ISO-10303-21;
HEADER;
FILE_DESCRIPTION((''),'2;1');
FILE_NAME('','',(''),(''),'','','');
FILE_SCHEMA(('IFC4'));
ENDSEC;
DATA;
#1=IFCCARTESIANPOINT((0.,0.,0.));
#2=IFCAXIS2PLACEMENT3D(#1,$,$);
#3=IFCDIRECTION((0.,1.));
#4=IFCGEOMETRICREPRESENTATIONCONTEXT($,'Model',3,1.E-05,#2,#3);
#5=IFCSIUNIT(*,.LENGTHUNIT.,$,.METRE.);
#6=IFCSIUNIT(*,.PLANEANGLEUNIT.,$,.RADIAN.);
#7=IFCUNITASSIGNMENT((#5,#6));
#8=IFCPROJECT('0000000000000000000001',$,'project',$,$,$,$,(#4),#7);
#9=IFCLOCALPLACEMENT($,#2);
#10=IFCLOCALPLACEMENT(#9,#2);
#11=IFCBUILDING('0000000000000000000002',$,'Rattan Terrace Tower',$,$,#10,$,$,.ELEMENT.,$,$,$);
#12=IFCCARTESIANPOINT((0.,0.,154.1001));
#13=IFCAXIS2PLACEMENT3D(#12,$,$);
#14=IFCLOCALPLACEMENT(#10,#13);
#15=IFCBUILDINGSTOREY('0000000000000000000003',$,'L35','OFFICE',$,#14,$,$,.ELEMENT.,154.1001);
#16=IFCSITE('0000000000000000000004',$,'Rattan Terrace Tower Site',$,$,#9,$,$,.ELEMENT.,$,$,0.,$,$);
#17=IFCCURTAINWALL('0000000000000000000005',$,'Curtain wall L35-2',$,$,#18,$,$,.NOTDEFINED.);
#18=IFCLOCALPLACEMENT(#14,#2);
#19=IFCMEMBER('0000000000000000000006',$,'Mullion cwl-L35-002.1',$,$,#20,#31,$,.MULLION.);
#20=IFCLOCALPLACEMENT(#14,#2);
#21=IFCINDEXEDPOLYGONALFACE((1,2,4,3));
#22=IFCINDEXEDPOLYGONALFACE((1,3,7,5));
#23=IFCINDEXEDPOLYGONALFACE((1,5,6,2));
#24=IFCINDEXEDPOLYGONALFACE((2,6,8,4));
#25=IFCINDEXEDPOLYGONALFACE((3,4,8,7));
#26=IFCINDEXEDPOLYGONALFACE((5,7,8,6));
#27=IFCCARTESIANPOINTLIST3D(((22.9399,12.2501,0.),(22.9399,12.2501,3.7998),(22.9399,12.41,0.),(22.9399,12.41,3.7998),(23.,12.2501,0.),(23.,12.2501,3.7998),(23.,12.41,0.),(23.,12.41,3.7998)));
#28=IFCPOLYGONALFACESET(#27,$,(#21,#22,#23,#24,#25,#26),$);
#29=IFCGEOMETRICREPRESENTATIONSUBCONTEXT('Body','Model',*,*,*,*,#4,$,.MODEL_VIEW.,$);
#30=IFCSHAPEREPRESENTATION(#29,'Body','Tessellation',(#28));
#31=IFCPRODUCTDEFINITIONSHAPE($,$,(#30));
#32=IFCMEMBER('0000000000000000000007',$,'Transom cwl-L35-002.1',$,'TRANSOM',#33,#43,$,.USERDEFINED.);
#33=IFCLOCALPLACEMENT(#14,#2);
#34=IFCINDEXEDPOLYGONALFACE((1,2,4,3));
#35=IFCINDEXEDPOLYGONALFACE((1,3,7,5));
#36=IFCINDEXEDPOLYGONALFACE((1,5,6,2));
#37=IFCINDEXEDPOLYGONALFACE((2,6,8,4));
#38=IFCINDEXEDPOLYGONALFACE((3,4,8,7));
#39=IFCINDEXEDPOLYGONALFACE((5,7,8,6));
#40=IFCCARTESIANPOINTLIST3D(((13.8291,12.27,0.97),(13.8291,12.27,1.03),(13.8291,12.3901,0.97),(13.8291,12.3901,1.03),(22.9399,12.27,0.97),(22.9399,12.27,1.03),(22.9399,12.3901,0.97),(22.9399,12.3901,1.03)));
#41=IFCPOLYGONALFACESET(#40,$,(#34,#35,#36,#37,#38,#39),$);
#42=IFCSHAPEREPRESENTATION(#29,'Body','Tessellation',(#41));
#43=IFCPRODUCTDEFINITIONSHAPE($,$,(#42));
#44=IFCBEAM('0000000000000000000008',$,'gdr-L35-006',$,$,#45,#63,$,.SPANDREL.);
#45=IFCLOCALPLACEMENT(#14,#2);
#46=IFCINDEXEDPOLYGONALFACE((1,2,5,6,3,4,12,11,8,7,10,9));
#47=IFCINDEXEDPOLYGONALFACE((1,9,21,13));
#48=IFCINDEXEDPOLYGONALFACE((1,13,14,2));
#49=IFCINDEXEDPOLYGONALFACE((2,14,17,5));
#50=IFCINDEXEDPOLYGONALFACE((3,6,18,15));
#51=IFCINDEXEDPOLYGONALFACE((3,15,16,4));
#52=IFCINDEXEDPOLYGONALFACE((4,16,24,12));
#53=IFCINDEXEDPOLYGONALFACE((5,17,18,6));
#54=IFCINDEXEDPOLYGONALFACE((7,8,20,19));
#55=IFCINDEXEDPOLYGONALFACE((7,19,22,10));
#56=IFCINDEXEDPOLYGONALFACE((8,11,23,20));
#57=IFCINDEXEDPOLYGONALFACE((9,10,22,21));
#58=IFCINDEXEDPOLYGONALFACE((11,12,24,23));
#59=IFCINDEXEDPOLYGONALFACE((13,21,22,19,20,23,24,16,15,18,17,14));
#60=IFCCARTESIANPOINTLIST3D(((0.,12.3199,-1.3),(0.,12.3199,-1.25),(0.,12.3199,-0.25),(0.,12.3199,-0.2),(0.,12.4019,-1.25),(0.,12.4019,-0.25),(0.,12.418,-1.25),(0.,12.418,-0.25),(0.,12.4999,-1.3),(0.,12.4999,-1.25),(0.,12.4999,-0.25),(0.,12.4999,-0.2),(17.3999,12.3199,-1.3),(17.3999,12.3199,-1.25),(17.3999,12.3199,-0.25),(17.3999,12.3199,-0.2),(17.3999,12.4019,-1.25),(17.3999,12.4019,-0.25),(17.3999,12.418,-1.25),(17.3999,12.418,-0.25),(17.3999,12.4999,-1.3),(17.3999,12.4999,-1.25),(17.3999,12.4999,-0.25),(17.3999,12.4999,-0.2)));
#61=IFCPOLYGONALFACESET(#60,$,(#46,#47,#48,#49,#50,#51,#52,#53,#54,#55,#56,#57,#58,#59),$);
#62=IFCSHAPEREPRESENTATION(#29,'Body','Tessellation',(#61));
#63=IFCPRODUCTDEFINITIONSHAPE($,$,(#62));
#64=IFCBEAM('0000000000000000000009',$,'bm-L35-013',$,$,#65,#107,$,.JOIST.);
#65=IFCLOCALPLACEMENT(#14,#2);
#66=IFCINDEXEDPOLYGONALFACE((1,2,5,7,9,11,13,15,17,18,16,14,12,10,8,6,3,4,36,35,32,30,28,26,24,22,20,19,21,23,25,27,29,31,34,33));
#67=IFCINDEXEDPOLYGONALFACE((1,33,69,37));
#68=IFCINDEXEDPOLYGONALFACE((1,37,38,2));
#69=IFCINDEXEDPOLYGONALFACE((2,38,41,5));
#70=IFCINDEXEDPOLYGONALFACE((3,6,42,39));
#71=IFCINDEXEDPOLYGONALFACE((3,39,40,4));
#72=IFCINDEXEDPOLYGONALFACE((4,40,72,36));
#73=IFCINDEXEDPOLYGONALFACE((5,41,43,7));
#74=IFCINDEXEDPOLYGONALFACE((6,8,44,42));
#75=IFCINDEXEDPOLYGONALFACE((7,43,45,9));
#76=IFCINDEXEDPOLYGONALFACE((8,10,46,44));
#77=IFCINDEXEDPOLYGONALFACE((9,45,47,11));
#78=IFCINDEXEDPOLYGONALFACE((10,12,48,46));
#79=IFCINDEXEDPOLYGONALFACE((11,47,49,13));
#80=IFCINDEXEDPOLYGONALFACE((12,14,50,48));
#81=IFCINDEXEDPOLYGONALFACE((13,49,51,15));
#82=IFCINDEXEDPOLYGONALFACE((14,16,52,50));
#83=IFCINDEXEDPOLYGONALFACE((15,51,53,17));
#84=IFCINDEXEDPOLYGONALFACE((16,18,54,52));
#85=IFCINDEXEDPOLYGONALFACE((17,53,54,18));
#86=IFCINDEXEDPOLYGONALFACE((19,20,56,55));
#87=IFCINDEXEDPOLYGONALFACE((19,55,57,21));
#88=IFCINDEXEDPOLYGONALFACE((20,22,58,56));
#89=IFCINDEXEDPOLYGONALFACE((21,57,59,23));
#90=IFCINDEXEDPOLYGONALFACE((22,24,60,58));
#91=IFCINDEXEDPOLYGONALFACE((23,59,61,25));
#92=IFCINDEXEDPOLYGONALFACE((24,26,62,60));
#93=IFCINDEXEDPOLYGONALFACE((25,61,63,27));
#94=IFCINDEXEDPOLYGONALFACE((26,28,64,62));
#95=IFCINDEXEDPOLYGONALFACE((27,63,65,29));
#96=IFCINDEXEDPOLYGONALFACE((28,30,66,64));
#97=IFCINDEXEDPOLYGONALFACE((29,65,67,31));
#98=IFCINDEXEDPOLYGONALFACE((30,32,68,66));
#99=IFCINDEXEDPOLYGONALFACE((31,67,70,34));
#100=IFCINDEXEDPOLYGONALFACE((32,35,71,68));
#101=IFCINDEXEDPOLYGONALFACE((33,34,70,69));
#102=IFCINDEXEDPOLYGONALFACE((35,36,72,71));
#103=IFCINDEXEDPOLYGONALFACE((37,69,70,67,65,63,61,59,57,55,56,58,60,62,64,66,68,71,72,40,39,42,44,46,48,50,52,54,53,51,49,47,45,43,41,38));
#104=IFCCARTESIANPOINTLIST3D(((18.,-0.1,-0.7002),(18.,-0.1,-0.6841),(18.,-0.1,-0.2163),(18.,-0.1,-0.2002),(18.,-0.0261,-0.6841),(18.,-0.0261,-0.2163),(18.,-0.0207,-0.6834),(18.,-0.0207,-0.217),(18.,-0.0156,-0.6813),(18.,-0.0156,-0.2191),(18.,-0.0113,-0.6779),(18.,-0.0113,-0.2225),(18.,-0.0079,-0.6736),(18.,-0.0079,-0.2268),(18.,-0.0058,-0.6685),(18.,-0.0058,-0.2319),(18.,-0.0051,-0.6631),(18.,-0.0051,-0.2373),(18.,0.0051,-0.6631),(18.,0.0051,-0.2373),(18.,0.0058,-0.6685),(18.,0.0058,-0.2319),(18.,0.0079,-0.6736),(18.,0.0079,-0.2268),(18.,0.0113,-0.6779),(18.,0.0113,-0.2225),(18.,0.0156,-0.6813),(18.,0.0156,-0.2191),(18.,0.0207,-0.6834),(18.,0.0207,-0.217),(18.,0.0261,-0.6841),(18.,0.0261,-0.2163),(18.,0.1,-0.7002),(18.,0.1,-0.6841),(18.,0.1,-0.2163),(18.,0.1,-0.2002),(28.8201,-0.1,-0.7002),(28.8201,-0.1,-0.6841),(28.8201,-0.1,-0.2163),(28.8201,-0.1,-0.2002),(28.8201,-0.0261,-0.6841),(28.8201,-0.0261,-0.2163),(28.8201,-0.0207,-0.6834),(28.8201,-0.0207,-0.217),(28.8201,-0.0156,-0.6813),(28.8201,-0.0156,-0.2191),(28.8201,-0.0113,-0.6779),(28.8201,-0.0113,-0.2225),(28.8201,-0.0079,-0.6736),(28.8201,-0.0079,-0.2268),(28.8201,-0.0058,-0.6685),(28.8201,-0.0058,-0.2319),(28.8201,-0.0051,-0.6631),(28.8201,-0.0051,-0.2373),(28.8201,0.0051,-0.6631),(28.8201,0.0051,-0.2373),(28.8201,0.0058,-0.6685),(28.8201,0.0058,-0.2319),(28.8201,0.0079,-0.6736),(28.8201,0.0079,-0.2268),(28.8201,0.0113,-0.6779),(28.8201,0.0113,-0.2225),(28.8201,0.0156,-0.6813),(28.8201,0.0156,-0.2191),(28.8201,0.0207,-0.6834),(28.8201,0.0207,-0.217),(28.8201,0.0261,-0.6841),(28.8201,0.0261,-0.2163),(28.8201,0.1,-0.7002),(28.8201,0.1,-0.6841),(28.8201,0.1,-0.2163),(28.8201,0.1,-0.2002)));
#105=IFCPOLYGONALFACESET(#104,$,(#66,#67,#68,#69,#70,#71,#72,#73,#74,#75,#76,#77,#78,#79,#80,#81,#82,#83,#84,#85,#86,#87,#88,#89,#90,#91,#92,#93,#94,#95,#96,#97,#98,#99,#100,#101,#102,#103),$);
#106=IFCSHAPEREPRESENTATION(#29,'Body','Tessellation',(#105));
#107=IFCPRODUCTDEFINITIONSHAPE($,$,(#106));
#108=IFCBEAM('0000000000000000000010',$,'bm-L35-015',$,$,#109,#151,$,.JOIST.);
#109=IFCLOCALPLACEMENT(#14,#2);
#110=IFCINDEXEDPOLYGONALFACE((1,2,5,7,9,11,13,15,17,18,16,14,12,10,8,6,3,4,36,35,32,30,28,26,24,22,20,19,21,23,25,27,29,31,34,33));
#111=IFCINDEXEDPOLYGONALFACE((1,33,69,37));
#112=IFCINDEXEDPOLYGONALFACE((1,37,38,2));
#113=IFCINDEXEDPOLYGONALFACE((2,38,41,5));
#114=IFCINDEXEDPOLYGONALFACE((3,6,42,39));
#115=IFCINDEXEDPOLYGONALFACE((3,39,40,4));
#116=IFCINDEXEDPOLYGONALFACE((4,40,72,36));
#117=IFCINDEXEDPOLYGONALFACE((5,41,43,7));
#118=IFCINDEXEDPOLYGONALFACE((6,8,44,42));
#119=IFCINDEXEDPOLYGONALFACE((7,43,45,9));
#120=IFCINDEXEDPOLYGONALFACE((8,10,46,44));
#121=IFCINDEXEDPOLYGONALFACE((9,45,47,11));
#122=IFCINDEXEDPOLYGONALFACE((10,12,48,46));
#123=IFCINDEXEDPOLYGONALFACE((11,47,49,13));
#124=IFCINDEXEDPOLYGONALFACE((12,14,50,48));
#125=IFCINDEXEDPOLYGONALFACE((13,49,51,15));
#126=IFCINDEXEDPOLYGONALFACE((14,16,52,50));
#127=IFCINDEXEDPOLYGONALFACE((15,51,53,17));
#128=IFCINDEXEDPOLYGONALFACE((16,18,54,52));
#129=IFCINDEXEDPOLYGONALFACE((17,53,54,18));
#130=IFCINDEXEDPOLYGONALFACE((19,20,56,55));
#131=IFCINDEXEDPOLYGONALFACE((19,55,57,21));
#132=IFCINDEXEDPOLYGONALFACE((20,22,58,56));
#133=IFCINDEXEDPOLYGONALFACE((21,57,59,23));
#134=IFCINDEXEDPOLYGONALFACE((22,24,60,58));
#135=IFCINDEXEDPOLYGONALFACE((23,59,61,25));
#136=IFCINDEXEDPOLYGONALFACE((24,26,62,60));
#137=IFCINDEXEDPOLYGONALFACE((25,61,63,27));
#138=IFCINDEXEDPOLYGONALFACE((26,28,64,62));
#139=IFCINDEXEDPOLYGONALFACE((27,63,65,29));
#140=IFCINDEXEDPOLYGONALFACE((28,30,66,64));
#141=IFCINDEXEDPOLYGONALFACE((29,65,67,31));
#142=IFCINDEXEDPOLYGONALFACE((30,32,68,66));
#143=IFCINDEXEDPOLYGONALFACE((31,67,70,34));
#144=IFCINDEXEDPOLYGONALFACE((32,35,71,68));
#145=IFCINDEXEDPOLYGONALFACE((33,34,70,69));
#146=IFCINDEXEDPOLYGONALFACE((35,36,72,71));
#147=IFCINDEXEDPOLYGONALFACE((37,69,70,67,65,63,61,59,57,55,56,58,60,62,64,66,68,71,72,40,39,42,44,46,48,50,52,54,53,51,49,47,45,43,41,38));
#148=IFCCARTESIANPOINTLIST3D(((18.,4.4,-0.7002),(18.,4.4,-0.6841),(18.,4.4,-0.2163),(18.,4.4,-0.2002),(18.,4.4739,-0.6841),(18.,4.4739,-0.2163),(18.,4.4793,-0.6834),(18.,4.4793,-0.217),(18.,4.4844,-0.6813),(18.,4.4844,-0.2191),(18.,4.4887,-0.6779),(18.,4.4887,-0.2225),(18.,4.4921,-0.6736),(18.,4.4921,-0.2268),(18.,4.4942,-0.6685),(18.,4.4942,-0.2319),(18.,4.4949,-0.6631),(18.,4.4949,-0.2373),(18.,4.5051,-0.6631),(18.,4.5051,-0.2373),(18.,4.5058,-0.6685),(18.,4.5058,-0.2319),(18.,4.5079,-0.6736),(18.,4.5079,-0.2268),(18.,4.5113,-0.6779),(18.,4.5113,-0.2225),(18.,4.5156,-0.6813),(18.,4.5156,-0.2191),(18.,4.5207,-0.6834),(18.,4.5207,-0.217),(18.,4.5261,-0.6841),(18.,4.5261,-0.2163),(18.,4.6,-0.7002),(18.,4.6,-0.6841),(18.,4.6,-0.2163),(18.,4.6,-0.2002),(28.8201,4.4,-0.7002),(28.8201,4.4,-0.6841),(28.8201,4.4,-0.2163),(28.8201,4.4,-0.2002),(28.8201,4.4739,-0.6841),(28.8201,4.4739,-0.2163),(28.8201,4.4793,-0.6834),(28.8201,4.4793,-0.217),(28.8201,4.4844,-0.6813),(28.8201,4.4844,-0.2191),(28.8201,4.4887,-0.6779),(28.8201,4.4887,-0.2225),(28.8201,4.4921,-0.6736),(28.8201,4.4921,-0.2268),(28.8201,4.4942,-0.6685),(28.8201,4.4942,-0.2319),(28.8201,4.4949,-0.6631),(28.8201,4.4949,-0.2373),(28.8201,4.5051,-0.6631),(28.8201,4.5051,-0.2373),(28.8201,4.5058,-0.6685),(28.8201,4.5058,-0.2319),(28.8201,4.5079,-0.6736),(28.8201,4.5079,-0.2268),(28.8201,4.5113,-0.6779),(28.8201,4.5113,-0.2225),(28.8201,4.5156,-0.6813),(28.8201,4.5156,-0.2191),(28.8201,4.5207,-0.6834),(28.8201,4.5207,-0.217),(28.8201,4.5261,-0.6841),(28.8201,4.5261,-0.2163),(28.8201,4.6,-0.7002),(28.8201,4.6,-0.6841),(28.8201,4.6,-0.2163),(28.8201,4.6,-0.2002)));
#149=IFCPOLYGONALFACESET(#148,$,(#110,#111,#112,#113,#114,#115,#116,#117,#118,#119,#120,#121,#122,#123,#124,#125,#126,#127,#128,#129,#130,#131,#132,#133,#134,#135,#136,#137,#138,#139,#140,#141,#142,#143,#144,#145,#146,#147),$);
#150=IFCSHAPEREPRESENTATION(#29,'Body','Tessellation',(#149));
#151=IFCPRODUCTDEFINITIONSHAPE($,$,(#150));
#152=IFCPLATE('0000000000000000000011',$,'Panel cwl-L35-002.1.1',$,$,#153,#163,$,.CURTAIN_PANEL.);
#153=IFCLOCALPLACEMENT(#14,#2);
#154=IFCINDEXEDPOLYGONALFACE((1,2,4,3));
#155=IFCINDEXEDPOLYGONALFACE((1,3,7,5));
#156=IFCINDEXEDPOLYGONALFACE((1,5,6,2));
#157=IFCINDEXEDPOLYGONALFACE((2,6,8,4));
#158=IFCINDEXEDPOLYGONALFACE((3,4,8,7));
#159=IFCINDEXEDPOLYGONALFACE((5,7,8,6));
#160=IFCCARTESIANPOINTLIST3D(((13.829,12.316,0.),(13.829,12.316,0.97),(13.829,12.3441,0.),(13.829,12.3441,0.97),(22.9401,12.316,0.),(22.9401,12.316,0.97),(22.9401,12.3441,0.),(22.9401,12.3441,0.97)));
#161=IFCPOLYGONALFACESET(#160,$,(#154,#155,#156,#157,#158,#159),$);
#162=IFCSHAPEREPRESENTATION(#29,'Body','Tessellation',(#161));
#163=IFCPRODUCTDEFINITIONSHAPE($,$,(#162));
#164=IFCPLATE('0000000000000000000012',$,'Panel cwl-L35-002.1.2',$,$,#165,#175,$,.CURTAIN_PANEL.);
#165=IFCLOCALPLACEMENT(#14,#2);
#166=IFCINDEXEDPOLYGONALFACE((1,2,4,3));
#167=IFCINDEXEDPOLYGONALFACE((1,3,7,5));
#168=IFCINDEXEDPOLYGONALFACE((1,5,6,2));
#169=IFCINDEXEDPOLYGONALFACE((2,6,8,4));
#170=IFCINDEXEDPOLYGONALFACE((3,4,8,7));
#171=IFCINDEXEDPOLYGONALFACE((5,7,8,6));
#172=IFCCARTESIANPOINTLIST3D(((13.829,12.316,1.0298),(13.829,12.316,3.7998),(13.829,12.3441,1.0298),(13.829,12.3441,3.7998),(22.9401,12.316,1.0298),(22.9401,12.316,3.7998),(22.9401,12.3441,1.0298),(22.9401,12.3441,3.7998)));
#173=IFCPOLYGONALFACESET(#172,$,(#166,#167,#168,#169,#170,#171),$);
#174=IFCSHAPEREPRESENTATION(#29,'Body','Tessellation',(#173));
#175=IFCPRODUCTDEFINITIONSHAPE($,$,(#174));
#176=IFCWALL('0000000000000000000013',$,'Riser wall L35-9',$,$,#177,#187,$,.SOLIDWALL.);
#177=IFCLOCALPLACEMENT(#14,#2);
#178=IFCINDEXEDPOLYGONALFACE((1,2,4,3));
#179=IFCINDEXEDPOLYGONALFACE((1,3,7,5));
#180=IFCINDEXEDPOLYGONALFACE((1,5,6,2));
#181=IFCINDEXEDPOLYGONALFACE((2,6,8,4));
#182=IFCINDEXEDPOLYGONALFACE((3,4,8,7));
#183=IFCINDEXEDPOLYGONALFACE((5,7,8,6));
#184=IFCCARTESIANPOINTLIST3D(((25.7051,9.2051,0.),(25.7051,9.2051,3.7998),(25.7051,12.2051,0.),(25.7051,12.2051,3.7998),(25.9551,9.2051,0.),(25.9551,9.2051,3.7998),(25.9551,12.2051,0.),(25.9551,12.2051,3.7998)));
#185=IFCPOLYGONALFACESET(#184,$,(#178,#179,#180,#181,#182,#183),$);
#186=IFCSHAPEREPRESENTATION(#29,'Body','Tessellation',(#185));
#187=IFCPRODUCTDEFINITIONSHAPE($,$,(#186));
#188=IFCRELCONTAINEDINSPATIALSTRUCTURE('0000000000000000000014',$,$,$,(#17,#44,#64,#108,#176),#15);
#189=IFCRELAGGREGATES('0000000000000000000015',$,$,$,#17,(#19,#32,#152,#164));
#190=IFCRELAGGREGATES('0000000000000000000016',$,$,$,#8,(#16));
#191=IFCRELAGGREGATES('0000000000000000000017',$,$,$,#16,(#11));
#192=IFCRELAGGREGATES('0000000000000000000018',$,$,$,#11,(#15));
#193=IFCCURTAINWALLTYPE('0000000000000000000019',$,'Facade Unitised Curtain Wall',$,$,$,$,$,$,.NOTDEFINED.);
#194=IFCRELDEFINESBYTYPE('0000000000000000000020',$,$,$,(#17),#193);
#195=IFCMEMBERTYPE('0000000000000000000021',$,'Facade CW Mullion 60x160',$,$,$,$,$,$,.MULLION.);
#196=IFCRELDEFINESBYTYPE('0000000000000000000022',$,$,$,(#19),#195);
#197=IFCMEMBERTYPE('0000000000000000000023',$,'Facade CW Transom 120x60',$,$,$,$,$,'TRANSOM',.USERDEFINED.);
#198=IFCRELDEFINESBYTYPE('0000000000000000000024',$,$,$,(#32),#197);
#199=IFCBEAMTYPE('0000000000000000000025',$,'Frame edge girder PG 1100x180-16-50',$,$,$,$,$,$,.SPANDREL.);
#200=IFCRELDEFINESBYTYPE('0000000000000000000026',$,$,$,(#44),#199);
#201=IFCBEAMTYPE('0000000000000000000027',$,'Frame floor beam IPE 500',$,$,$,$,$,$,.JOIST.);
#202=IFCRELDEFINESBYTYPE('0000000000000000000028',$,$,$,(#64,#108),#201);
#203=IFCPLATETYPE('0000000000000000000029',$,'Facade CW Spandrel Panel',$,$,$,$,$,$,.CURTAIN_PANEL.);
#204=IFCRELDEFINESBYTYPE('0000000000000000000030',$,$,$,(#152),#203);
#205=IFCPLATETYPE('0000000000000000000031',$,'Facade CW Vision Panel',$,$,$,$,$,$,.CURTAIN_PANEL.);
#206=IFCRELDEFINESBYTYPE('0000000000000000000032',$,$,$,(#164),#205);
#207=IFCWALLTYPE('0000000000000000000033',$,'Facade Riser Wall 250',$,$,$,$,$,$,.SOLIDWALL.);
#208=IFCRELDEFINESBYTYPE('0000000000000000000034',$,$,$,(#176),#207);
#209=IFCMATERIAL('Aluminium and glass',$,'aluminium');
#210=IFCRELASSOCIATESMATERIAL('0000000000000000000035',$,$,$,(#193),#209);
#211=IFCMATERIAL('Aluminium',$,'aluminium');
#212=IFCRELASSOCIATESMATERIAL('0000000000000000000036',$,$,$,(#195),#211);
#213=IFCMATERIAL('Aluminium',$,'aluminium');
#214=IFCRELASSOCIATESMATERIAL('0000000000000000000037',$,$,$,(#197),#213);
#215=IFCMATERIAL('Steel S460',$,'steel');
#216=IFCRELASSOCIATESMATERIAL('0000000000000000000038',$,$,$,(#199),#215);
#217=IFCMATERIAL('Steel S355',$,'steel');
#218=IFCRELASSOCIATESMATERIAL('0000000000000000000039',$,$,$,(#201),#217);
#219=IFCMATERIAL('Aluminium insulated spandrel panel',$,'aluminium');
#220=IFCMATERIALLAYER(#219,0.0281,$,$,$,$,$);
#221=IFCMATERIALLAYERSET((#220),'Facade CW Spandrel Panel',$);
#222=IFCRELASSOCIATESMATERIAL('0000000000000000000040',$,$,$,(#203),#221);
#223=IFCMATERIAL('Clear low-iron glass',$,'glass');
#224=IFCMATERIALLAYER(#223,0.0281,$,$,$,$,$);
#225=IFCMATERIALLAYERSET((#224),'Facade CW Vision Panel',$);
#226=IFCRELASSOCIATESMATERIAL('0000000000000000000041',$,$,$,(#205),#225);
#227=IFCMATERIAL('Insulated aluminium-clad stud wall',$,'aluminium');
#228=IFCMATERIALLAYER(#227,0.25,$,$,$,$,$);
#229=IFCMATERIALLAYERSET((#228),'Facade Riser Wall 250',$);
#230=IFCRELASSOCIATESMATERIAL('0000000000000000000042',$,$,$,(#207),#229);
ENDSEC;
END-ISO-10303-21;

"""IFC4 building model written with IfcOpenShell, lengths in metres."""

from ifc_helpers import new_model, si_unit, direction, frame, frame_2d, origin, origin_2d, place, context, subcontext, project, spatial, rectangle, i_section, extrude, material, layer, layer_set, material_profile, profile_set, type_object, element, aggregate, save


model = new_model("IFC4")

# Units and contexts
model_context = context("Model", 3, precision=1e-05, world=origin(), true_north=direction((0.0, 1.0)))
body_context = subcontext(model_context, "Body", "Model", "MODEL_VIEW")
ifc_project = project(units=[si_unit("LENGTHUNIT", "METRE"), si_unit("PLANEANGLEUNIT", "RADIAN")], contexts=[model_context])

# Site, building, storey
site_placement = place(None, origin())
site = spatial("IfcSite", under=ifc_project, at=site_placement, Name="Rattan Terrace Tower Site", CompositionType="ELEMENT", RefElevation=0.0)
building_placement = place(site_placement, origin())
building = spatial("IfcBuilding", under=site, at=building_placement, Name="Rattan Terrace Tower", CompositionType="ELEMENT")
storey_placement = place(building_placement, frame((0.0, 0.0, 154.1001)))
storey = spatial("IfcBuildingStorey", under=building, at=storey_placement, Name="L35", Description="OFFICE", CompositionType="ELEMENT", Elevation=154.1001)

# Curtain wall, members
ifc_material_1 = material(Name="Aluminium and glass", Category="aluminium")
curtain_wall_type = type_object("IfcCurtainWallType", Name="Facade Unitised Curtain Wall", PredefinedType="NOTDEFINED", material=ifc_material_1)
curtain_wall_placement = place(storey_placement, origin())
curtain_wall = element("IfcCurtainWall", 1, at=curtain_wall_placement, inside=storey, type_object=curtain_wall_type, Name="Curtain wall L35-2", PredefinedType="NOTDEFINED")
ifc_material_2 = material(Name="Aluminium", Category="aluminium")
ifc_material_profile_1 = material_profile(ifc_material_2, rectangle(XDim=0.0601, YDim=0.1599, at=origin_2d()), Name="Aluminium 60x160")
ifc_profile_set_1 = profile_set([ifc_material_profile_1], Name="Aluminium")
member_type_1 = type_object("IfcMemberType", Name="Facade CW Mullion 60x160", PredefinedType="MULLION", material=ifc_profile_set_1)
member_1_placement = place(storey_placement, frame((22.97, 12.3301, 0.0), z_axis=(0.0, 0.0, 1.0), x_axis=(-1.0, 0.0, 0.0)))
member_1 = element("IfcMember", 2, at=member_1_placement, type_object=member_type_1, Name="Mullion cwl-L35-002.1", PredefinedType="MULLION", context=body_context, shape_type="SweptSolid", body=[
    extrude(rectangle(XDim=0.0601, YDim=0.1599, at=origin_2d()), origin(), (0.0, 0.0, 1.0), 3.7998),
])
ifc_material_3 = material(Name="Aluminium", Category="aluminium")
ifc_material_profile_2 = material_profile(ifc_material_3, rectangle(XDim=0.1201, YDim=0.0601, at=origin_2d()), Name="Aluminium 120x60")
ifc_profile_set_2 = profile_set([ifc_material_profile_2], Name="Aluminium")
member_type_2 = type_object("IfcMemberType", Name="Facade CW Transom 120x60", ElementType="TRANSOM", PredefinedType="USERDEFINED", material=ifc_profile_set_2)
member_2_placement = place(storey_placement, frame((22.9399, 12.3301, 1.0), z_axis=(-1.0, 0.0, 0.0), x_axis=(0.0, -1.0, 0.0)))
member_2 = element("IfcMember", 3, at=member_2_placement, type_object=member_type_2, Name="Transom cwl-L35-002.1", ObjectType="TRANSOM", PredefinedType="USERDEFINED", context=body_context, shape_type="SweptSolid", body=[
    extrude(rectangle(XDim=0.1201, YDim=0.0601, at=origin_2d()), origin(), (0.0, 0.0, 1.0), 9.1108),
])

# Beams
ifc_material_4 = material(Name="Steel S460", Category="steel")
ifc_material_profile_3 = material_profile(ifc_material_4, i_section(OverallWidth=0.1799, OverallDepth=1.1001, WebThickness=0.0161, FlangeThickness=0.05, at=origin_2d()), Name="PG 1100x180-16-50")
ifc_profile_set_3 = profile_set([ifc_material_profile_3], Name="Steel S460")
beam_type_1 = type_object("IfcBeamType", Name="Frame edge girder PG 1100x180-16-50", PredefinedType="SPANDREL", material=ifc_profile_set_3)
beam_placement = place(storey_placement, frame((17.3999, 12.4099, -0.75), z_axis=(-1.0, 0.0, 0.0), x_axis=(0.0, -1.0, 0.0)))
element("IfcBeam", 4, at=beam_placement, inside=storey, type_object=beam_type_1, Name="gdr-L35-006", PredefinedType="SPANDREL", context=body_context, shape_type="SweptSolid", body=[
    extrude(i_section(OverallWidth=0.1799, OverallDepth=1.1001, WebThickness=0.0161, FlangeThickness=0.05, at=origin_2d()), origin(), (0.0, 0.0, 1.0), 17.3999),
])
ifc_material_5 = material(Name="Steel S355", Category="steel")
ifc_material_profile_4 = material_profile(ifc_material_5, i_section(OverallWidth=0.2, OverallDepth=0.5, WebThickness=0.0103, FlangeThickness=0.0161, FilletRadius=0.021, at=origin_2d()), Name="IPE 500")
ifc_profile_set_4 = profile_set([ifc_material_profile_4], Name="Steel S355")
beam_type_2 = type_object("IfcBeamType", Name="Frame floor beam IPE 500", PredefinedType="JOIST", material=ifc_profile_set_4)
for number, where, z_axis, x_axis, name in (
    (5, (18.0, 0.0, -0.4502), (1.0, 0.0, 0.0), (0.0, 1.0, 0.0), "bm-L35-013"),
    (6, (18.0, 4.5, -0.4502), (1.0, 0.0, 0.0), (0.0, 1.0, 0.0), "bm-L35-015"),
):
    element("IfcBeam", number, at=place(storey_placement, frame(where, z_axis=z_axis, x_axis=x_axis)), inside=storey, type_object=beam_type_2, Name=name, PredefinedType="JOIST", context=body_context, shape_type="SweptSolid", body=[
        extrude(i_section(OverallWidth=0.2, OverallDepth=0.5, WebThickness=0.0103, FlangeThickness=0.0161, FilletRadius=0.021, at=origin_2d()), origin(), (0.0, 0.0, 1.0), 10.8201),
    ])

# Plates
ifc_material_6 = material(Name="Aluminium insulated spandrel panel", Category="aluminium")
ifc_layer_1 = layer(ifc_material_6, 0.0281)
ifc_layer_set_1 = layer_set([ifc_layer_1], Name="Facade CW Spandrel Panel")
plate_type_1 = type_object("IfcPlateType", Name="Facade CW Spandrel Panel", PredefinedType="CURTAIN_PANEL", material=ifc_layer_set_1)
plate_1_placement = place(storey_placement, frame((18.3845, 12.3301, 0.0), z_axis=(0.0, 0.0, 1.0), x_axis=(-1.0, 0.0, 0.0)))
plate_1 = element("IfcPlate", 7, at=plate_1_placement, type_object=plate_type_1, Name="Panel cwl-L35-002.1.1", PredefinedType="CURTAIN_PANEL", context=body_context, shape_type="SweptSolid", body=[
    extrude(rectangle(XDim=9.1111, YDim=0.0281, at=origin_2d()), origin(), (0.0, 0.0, 1.0), 0.97),
])
ifc_material_7 = material(Name="Clear low-iron glass", Category="glass")
ifc_layer_2 = layer(ifc_material_7, 0.0281)
ifc_layer_set_2 = layer_set([ifc_layer_2], Name="Facade CW Vision Panel")
plate_type_2 = type_object("IfcPlateType", Name="Facade CW Vision Panel", PredefinedType="CURTAIN_PANEL", material=ifc_layer_set_2)
plate_2_placement = place(storey_placement, frame((18.3845, 12.3301, 1.0298), z_axis=(0.0, 0.0, 1.0), x_axis=(-1.0, 0.0, 0.0)))
plate_2 = element("IfcPlate", 8, at=plate_2_placement, type_object=plate_type_2, Name="Panel cwl-L35-002.1.2", PredefinedType="CURTAIN_PANEL", context=body_context, shape_type="SweptSolid", body=[
    extrude(rectangle(XDim=9.1111, YDim=0.0281, at=origin_2d()), origin(), (0.0, 0.0, 1.0), 2.77),
])
aggregate(curtain_wall, [member_1, member_2, plate_1, plate_2])

# Wall
ifc_material_8 = material(Name="Insulated aluminium-clad stud wall", Category="aluminium")
ifc_layer_3 = layer(ifc_material_8, 0.25)
ifc_layer_set_3 = layer_set([ifc_layer_3], Name="Facade Riser Wall 250")
wall_type_1 = type_object("IfcWallType", Name="Facade Riser Wall 250", PredefinedType="SOLIDWALL", material=ifc_layer_set_3)
wall_1_placement = place(storey_placement, frame((25.8301, 9.2051, 0.0), z_axis=(0.0, 0.0, 1.0), x_axis=(0.0, 1.0, 0.0)))
element("IfcWall", 9, at=wall_1_placement, inside=storey, type_object=wall_type_1, Name="Riser wall L35-9", PredefinedType="SOLIDWALL", context=body_context, shape_type="SweptSolid", body=[
    extrude(rectangle(XDim=3.0, YDim=0.25, at=frame_2d((1.5, 0.0))), origin(), (0.0, 0.0, 1.0), 3.7998),
])

save(model, "model.ifc")
